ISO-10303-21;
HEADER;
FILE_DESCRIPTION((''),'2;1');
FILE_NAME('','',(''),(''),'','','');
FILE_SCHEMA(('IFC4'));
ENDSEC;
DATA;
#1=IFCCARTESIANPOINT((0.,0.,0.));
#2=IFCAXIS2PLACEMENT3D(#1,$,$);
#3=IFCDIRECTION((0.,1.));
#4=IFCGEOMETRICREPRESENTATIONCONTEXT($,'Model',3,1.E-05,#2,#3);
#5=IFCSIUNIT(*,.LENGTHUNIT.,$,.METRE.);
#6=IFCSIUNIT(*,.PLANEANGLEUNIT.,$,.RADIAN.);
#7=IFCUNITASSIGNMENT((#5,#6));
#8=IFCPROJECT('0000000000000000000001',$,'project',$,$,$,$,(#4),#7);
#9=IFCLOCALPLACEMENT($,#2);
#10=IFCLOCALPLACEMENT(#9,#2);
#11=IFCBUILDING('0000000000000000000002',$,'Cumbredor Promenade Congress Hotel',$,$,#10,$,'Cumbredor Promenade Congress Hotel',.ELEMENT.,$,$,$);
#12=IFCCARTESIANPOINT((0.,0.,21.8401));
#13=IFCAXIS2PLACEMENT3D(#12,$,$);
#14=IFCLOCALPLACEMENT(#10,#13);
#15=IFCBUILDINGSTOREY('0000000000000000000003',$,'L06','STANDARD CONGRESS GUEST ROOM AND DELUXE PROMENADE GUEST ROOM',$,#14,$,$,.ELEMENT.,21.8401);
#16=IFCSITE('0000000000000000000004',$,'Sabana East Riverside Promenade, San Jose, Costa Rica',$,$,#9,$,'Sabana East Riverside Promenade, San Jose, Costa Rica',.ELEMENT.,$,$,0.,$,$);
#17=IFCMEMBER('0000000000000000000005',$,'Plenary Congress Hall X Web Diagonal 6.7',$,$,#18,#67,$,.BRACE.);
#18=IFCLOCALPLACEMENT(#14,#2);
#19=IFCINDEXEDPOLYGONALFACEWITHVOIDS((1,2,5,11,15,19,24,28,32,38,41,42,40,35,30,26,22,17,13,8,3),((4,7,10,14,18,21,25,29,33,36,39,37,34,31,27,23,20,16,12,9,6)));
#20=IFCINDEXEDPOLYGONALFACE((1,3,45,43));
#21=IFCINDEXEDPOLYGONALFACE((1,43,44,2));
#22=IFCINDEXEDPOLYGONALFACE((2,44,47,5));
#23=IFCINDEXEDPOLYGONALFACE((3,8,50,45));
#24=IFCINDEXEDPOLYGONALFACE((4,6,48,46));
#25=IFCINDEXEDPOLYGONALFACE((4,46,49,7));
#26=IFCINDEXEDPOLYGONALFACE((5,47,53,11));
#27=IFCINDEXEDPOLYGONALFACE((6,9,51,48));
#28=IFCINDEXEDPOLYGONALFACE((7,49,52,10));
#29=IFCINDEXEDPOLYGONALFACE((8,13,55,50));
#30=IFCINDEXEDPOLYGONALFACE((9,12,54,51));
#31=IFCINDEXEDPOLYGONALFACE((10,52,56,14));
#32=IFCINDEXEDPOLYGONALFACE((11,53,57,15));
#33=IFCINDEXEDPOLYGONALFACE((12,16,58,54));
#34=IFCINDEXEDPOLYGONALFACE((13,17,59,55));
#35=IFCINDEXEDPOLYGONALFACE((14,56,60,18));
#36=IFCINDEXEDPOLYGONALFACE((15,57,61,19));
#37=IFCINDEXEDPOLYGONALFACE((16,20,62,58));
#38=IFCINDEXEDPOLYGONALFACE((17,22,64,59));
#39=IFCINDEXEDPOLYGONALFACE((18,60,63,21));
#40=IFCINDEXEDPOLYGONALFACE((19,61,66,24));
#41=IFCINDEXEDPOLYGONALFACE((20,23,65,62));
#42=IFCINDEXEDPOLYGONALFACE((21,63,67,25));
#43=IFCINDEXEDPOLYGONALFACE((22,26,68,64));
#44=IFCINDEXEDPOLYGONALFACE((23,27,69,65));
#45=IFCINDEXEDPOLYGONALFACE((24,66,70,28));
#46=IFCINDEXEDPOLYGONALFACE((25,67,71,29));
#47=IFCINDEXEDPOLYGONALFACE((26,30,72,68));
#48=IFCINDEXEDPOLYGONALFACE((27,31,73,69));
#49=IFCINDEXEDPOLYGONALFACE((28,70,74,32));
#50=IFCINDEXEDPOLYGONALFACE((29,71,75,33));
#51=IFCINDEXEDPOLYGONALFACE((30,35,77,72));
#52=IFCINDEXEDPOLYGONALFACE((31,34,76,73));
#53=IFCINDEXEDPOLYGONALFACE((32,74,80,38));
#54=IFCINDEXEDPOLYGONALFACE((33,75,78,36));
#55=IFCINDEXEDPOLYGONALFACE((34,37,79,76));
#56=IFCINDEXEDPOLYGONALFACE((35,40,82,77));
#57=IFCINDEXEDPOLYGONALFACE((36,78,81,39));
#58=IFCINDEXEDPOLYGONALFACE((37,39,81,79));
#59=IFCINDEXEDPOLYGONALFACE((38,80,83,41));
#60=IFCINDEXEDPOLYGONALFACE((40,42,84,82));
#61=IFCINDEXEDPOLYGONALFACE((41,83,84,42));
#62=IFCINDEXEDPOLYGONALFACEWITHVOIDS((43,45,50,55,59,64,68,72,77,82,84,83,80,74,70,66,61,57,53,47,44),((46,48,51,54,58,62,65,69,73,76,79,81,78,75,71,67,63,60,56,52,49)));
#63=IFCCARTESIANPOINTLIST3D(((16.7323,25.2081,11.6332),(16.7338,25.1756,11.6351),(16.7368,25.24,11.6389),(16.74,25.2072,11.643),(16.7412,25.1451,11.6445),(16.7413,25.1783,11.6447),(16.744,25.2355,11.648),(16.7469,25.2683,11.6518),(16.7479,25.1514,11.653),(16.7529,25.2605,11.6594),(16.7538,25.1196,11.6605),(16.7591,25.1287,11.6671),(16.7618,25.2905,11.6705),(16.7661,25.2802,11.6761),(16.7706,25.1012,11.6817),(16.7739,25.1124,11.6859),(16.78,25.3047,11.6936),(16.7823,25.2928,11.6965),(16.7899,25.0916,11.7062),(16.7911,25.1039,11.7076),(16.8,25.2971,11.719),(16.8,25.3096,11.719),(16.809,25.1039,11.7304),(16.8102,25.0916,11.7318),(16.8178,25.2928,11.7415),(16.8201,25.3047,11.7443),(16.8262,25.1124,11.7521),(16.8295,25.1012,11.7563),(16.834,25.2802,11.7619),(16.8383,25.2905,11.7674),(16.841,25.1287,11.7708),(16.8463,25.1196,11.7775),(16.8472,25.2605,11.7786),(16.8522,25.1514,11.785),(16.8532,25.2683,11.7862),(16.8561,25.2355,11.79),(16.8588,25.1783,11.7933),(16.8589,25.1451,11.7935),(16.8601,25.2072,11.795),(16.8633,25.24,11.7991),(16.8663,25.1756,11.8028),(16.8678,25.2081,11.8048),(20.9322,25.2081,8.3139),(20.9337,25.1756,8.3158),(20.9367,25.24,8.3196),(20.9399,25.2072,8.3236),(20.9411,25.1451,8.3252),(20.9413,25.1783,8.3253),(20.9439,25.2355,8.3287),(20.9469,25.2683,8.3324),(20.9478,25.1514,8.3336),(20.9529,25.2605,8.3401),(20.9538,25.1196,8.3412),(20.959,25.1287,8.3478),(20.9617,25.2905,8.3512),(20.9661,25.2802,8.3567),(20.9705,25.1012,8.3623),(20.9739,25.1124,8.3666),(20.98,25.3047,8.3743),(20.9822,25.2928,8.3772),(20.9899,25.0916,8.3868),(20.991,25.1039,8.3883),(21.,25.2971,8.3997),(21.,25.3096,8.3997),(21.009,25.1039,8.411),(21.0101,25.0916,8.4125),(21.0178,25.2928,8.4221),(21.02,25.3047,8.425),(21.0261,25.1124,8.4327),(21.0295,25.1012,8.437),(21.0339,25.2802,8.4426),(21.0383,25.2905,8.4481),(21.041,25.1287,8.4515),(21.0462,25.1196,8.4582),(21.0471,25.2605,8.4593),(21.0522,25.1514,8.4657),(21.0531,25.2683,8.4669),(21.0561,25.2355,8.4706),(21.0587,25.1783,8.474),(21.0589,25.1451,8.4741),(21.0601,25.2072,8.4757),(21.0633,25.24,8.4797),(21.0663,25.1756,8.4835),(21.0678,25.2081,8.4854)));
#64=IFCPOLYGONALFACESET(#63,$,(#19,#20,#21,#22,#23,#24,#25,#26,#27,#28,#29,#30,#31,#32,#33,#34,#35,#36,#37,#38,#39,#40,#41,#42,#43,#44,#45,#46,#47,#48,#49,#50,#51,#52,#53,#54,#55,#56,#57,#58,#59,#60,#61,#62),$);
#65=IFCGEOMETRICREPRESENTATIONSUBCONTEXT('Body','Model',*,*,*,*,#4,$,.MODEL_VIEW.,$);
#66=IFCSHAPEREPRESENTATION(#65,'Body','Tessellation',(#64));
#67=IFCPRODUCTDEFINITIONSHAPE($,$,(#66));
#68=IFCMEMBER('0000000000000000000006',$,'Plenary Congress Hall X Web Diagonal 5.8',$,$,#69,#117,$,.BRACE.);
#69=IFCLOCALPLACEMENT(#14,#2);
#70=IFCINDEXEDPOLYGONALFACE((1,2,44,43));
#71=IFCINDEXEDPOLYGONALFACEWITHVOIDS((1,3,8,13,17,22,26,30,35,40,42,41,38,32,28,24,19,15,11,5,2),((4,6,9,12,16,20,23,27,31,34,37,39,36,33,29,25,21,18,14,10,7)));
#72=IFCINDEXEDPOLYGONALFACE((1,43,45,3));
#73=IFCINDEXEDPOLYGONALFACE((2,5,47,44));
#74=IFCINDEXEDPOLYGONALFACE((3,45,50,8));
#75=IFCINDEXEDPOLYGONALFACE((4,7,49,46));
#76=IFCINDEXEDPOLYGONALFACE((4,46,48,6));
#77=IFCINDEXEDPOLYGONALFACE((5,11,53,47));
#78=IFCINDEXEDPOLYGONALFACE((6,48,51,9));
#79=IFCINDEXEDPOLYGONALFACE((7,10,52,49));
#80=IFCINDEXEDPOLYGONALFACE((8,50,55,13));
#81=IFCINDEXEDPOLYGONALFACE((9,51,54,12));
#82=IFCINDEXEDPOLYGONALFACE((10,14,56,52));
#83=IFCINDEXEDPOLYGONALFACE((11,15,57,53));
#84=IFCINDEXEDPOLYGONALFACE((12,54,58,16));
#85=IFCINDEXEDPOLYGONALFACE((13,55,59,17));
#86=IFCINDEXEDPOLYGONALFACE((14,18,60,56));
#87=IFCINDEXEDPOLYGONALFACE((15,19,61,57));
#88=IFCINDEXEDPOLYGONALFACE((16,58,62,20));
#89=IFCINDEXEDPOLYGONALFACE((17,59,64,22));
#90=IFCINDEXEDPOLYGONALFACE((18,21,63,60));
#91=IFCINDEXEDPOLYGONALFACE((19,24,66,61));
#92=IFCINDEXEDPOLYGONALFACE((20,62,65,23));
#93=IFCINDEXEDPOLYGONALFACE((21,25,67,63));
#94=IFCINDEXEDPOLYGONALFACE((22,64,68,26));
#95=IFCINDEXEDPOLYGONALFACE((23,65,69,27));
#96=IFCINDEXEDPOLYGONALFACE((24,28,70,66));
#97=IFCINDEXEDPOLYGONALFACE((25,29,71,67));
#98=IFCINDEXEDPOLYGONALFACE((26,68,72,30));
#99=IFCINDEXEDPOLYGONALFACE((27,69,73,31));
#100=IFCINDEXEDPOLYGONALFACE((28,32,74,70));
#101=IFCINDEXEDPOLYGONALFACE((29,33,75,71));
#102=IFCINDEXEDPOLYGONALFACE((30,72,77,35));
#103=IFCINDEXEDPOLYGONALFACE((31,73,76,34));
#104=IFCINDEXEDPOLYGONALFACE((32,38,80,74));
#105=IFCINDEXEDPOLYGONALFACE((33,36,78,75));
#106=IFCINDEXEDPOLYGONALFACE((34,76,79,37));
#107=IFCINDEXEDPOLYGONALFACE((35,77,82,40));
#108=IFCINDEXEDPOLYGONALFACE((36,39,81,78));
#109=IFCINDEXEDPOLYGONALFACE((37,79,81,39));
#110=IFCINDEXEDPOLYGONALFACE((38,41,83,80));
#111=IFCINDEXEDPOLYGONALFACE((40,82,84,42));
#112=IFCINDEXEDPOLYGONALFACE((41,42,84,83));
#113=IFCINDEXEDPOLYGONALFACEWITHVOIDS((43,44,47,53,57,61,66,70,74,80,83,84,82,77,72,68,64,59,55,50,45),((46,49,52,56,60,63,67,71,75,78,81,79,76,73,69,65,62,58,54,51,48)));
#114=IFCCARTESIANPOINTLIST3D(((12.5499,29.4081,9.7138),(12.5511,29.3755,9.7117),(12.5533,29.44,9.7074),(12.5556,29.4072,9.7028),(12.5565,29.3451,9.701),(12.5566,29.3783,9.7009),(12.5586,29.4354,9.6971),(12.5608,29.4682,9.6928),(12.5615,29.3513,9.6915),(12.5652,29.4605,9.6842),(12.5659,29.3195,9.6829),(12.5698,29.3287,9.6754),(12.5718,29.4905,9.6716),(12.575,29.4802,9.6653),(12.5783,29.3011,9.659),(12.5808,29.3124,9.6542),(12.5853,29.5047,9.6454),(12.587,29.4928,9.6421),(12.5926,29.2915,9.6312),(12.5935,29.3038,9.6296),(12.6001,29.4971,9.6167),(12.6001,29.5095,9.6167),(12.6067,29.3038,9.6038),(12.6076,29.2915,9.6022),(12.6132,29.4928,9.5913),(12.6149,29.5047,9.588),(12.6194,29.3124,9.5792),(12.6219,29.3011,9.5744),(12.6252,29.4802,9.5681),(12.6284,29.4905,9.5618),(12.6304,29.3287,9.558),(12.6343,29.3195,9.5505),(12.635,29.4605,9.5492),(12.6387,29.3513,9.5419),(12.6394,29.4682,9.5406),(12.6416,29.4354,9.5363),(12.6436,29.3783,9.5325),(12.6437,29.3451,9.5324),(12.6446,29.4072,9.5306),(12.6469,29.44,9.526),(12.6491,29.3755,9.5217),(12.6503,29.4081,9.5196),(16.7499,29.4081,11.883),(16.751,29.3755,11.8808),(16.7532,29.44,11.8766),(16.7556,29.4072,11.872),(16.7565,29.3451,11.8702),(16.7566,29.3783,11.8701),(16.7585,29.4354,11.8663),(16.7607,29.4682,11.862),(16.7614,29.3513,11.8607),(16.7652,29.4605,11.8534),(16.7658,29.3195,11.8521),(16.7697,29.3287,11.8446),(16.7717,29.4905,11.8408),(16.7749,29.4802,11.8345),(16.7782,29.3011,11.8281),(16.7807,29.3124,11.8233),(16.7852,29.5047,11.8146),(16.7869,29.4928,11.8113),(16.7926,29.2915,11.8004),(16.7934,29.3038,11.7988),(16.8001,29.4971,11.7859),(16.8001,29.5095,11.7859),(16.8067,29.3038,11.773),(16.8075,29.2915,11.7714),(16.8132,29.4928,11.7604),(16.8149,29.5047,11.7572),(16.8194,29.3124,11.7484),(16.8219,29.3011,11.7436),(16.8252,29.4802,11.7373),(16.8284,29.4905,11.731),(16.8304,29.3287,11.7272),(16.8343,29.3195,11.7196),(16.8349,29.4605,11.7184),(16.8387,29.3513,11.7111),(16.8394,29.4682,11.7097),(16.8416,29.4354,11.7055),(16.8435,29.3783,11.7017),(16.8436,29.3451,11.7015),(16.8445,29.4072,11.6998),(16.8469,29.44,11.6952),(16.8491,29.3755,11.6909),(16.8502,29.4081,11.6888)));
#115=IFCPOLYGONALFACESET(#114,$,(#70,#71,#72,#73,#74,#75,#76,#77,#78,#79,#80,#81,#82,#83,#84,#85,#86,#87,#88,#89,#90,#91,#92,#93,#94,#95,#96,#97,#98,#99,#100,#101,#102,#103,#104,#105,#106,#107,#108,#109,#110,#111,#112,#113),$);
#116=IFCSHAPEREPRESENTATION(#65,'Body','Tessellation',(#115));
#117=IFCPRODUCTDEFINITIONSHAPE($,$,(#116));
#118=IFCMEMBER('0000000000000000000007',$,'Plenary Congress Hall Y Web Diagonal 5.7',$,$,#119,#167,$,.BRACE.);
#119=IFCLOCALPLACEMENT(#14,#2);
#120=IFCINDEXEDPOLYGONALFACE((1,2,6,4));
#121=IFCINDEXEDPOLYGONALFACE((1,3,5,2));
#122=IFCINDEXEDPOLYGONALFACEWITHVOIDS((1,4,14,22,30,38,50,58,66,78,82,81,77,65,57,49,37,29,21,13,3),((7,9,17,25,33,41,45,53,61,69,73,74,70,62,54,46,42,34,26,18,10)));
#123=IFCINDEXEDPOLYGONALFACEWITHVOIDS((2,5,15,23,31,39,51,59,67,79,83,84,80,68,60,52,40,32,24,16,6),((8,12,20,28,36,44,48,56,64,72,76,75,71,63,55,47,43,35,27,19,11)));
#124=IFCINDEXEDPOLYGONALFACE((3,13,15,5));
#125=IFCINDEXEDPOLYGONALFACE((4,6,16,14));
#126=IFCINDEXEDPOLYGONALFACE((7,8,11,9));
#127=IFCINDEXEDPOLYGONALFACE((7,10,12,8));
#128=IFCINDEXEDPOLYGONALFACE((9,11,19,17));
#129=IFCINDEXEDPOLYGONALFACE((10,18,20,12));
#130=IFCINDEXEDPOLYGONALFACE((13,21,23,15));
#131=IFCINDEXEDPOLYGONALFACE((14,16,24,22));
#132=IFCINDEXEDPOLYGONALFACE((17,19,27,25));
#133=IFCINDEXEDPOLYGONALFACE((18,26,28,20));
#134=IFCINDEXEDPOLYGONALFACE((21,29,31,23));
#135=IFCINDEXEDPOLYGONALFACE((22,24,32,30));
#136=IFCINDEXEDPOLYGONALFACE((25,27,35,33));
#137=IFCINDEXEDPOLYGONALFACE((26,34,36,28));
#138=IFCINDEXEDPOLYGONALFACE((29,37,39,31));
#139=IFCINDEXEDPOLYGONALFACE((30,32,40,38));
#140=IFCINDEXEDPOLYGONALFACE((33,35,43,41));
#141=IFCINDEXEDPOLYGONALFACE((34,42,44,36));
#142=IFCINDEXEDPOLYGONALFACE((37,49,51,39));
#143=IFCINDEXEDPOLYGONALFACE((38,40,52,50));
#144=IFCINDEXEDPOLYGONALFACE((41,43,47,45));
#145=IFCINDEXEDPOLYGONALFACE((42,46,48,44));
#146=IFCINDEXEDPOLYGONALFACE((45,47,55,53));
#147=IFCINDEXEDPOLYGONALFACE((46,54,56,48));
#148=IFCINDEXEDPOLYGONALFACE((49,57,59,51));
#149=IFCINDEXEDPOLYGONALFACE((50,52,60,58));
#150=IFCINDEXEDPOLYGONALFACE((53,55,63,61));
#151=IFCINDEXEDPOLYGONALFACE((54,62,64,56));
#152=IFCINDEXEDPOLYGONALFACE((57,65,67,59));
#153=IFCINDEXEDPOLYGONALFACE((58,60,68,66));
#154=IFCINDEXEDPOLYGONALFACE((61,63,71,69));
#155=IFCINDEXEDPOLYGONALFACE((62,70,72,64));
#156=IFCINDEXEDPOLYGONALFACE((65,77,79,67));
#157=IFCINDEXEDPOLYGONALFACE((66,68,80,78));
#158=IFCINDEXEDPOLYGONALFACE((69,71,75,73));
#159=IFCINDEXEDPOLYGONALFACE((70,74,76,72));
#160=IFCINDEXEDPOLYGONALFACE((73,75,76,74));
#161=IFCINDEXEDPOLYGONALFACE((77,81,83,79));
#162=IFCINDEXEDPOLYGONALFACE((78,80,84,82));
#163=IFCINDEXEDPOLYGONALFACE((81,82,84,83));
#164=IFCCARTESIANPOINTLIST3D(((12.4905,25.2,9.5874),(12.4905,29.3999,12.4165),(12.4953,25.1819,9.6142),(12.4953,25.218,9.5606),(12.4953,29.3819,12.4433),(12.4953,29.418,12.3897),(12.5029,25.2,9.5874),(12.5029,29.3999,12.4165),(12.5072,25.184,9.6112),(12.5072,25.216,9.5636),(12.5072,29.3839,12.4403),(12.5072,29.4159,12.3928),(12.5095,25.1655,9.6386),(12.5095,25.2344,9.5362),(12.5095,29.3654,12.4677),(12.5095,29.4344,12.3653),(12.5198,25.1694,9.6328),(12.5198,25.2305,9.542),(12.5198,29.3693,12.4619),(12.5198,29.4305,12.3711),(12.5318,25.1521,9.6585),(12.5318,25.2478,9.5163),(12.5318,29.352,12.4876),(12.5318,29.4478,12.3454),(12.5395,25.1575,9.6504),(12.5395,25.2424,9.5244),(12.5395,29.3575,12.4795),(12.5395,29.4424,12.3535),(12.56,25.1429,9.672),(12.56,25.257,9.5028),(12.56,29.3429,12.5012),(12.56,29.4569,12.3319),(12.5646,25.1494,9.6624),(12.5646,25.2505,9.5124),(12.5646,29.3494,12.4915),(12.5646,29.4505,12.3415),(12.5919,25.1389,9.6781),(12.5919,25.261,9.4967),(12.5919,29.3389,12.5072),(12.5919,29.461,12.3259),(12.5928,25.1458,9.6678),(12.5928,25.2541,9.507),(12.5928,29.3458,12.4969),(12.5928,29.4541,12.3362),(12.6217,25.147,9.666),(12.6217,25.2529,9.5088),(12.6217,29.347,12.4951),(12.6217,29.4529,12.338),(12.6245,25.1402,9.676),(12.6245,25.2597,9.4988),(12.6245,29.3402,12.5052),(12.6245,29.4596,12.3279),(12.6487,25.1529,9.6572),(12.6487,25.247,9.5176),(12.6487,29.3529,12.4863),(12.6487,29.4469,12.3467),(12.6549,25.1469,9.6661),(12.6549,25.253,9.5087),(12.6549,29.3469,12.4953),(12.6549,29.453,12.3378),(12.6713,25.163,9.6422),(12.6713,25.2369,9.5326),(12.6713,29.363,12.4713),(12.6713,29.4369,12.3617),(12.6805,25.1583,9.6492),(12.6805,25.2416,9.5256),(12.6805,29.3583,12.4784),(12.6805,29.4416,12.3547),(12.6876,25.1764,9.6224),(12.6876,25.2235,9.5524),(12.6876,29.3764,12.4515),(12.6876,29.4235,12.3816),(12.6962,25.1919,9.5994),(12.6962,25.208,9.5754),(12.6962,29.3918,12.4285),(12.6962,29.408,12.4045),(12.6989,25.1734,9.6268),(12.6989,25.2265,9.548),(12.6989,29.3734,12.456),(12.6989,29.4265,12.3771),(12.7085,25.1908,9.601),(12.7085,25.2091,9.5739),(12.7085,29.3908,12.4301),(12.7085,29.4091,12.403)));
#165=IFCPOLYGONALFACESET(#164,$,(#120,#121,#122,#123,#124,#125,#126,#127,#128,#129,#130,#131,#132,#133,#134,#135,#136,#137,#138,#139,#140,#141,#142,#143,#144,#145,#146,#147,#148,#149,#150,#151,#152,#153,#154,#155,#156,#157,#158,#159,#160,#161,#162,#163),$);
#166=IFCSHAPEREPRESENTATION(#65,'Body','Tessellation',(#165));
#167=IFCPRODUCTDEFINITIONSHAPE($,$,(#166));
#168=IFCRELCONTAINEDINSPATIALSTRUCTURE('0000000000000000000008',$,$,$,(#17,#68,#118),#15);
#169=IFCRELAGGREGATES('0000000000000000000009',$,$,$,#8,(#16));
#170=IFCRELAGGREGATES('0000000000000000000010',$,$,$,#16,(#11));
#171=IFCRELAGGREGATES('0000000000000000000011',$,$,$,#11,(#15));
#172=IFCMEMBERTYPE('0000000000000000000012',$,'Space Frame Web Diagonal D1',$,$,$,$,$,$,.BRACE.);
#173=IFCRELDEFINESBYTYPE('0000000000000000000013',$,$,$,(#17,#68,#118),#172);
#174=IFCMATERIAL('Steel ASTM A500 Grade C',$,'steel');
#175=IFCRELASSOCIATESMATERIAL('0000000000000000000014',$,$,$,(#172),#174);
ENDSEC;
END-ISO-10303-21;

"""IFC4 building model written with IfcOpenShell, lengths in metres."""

from ifc_helpers import new_model, si_unit, direction, frame, origin, origin_2d, place, context, subcontext, project, spatial, hollow_circle, extrude, material, material_profile, profile_set, type_object, element, save


model = new_model("IFC4")

# Units and contexts
model_context = context("Model", 3, precision=1e-05, world=origin(), true_north=direction((0.0, 1.0)))
body_context = subcontext(model_context, "Body", "Model", "MODEL_VIEW")
ifc_project = project(units=[si_unit("LENGTHUNIT", "METRE"), si_unit("PLANEANGLEUNIT", "RADIAN")], contexts=[model_context])

# Site, building, storey
site_placement = place(None, origin())
site = spatial("IfcSite", under=ifc_project, at=site_placement, Name="Sabana East Riverside Promenade, San Jose, Costa Rica", LongName="Sabana East Riverside Promenade, San Jose, Costa Rica", CompositionType="ELEMENT", RefElevation=0.0)
building_placement = place(site_placement, origin())
building = spatial("IfcBuilding", under=site, at=building_placement, Name="Cumbredor Promenade Congress Hotel", LongName="Cumbredor Promenade Congress Hotel", CompositionType="ELEMENT")
storey_placement = place(building_placement, frame((0.0, 0.0, 21.8401)))
storey = spatial("IfcBuildingStorey", under=building, at=storey_placement, Name="L06", Description="STANDARD CONGRESS GUEST ROOM AND DELUXE PROMENADE GUEST ROOM", CompositionType="ELEMENT", Elevation=21.8401)

# Members
ifc_material_1 = material(Name="Steel ASTM A500 Grade C", Category="steel")
ifc_material_profile_1 = material_profile(ifc_material_1, hollow_circle(Radius=0.1096, WallThickness=0.0125, at=origin_2d()), Name="CHS 219.1x12.5")
ifc_profile_set_1 = profile_set([ifc_material_profile_1], Name="Steel ASTM A500 Grade C")
member_type_1 = type_object("IfcMemberType", Name="Space Frame Web Diagonal D1", PredefinedType="BRACE", material=ifc_profile_set_1)
member_1_placement = place(storey_placement, frame((16.8, 25.2, 11.719), z_axis=(0.784557, 0.0, -0.620057), x_axis=(0.0, 1.0, 0.0)))
element("IfcMember", 1, at=member_1_placement, inside=storey, type_object=member_type_1, Name="Plenary Congress Hall X Web Diagonal 6.7", PredefinedType="BRACE", context=body_context, shape_type="SweptSolid", body=[
    extrude(hollow_circle(Radius=0.1096, WallThickness=0.0125, at=origin_2d()), origin(), (0.0, 0.0, 1.0), 5.3533),
])
member_2_placement = place(storey_placement, frame((12.6001, 29.3999, 9.6167), z_axis=(0.888494, 0.0, 0.458889), x_axis=(0.0, 1.0, 0.0)))
element("IfcMember", 2, at=member_2_placement, inside=storey, type_object=member_type_1, Name="Plenary Congress Hall X Web Diagonal 5.8", PredefinedType="BRACE", context=body_context, shape_type="SweptSolid", body=[
    extrude(hollow_circle(Radius=0.1096, WallThickness=0.0125, at=origin_2d()), origin(), (0.0, 0.0, 1.0), 4.7271),
])
member_3_placement = place(storey_placement, frame((12.6001, 25.2, 9.5874), z_axis=(0.0, 0.829385, 0.558677), x_axis=(-1.0, 0.0, 0.0)))
element("IfcMember", 3, at=member_3_placement, inside=storey, type_object=member_type_1, Name="Plenary Congress Hall Y Web Diagonal 5.7", PredefinedType="BRACE", context=body_context, shape_type="SweptSolid", body=[
    extrude(hollow_circle(Radius=0.1096, WallThickness=0.0125, at=origin_2d()), origin(), (0.0, 0.0, 1.0), 5.064),
])

save(model, "model.ifc")
